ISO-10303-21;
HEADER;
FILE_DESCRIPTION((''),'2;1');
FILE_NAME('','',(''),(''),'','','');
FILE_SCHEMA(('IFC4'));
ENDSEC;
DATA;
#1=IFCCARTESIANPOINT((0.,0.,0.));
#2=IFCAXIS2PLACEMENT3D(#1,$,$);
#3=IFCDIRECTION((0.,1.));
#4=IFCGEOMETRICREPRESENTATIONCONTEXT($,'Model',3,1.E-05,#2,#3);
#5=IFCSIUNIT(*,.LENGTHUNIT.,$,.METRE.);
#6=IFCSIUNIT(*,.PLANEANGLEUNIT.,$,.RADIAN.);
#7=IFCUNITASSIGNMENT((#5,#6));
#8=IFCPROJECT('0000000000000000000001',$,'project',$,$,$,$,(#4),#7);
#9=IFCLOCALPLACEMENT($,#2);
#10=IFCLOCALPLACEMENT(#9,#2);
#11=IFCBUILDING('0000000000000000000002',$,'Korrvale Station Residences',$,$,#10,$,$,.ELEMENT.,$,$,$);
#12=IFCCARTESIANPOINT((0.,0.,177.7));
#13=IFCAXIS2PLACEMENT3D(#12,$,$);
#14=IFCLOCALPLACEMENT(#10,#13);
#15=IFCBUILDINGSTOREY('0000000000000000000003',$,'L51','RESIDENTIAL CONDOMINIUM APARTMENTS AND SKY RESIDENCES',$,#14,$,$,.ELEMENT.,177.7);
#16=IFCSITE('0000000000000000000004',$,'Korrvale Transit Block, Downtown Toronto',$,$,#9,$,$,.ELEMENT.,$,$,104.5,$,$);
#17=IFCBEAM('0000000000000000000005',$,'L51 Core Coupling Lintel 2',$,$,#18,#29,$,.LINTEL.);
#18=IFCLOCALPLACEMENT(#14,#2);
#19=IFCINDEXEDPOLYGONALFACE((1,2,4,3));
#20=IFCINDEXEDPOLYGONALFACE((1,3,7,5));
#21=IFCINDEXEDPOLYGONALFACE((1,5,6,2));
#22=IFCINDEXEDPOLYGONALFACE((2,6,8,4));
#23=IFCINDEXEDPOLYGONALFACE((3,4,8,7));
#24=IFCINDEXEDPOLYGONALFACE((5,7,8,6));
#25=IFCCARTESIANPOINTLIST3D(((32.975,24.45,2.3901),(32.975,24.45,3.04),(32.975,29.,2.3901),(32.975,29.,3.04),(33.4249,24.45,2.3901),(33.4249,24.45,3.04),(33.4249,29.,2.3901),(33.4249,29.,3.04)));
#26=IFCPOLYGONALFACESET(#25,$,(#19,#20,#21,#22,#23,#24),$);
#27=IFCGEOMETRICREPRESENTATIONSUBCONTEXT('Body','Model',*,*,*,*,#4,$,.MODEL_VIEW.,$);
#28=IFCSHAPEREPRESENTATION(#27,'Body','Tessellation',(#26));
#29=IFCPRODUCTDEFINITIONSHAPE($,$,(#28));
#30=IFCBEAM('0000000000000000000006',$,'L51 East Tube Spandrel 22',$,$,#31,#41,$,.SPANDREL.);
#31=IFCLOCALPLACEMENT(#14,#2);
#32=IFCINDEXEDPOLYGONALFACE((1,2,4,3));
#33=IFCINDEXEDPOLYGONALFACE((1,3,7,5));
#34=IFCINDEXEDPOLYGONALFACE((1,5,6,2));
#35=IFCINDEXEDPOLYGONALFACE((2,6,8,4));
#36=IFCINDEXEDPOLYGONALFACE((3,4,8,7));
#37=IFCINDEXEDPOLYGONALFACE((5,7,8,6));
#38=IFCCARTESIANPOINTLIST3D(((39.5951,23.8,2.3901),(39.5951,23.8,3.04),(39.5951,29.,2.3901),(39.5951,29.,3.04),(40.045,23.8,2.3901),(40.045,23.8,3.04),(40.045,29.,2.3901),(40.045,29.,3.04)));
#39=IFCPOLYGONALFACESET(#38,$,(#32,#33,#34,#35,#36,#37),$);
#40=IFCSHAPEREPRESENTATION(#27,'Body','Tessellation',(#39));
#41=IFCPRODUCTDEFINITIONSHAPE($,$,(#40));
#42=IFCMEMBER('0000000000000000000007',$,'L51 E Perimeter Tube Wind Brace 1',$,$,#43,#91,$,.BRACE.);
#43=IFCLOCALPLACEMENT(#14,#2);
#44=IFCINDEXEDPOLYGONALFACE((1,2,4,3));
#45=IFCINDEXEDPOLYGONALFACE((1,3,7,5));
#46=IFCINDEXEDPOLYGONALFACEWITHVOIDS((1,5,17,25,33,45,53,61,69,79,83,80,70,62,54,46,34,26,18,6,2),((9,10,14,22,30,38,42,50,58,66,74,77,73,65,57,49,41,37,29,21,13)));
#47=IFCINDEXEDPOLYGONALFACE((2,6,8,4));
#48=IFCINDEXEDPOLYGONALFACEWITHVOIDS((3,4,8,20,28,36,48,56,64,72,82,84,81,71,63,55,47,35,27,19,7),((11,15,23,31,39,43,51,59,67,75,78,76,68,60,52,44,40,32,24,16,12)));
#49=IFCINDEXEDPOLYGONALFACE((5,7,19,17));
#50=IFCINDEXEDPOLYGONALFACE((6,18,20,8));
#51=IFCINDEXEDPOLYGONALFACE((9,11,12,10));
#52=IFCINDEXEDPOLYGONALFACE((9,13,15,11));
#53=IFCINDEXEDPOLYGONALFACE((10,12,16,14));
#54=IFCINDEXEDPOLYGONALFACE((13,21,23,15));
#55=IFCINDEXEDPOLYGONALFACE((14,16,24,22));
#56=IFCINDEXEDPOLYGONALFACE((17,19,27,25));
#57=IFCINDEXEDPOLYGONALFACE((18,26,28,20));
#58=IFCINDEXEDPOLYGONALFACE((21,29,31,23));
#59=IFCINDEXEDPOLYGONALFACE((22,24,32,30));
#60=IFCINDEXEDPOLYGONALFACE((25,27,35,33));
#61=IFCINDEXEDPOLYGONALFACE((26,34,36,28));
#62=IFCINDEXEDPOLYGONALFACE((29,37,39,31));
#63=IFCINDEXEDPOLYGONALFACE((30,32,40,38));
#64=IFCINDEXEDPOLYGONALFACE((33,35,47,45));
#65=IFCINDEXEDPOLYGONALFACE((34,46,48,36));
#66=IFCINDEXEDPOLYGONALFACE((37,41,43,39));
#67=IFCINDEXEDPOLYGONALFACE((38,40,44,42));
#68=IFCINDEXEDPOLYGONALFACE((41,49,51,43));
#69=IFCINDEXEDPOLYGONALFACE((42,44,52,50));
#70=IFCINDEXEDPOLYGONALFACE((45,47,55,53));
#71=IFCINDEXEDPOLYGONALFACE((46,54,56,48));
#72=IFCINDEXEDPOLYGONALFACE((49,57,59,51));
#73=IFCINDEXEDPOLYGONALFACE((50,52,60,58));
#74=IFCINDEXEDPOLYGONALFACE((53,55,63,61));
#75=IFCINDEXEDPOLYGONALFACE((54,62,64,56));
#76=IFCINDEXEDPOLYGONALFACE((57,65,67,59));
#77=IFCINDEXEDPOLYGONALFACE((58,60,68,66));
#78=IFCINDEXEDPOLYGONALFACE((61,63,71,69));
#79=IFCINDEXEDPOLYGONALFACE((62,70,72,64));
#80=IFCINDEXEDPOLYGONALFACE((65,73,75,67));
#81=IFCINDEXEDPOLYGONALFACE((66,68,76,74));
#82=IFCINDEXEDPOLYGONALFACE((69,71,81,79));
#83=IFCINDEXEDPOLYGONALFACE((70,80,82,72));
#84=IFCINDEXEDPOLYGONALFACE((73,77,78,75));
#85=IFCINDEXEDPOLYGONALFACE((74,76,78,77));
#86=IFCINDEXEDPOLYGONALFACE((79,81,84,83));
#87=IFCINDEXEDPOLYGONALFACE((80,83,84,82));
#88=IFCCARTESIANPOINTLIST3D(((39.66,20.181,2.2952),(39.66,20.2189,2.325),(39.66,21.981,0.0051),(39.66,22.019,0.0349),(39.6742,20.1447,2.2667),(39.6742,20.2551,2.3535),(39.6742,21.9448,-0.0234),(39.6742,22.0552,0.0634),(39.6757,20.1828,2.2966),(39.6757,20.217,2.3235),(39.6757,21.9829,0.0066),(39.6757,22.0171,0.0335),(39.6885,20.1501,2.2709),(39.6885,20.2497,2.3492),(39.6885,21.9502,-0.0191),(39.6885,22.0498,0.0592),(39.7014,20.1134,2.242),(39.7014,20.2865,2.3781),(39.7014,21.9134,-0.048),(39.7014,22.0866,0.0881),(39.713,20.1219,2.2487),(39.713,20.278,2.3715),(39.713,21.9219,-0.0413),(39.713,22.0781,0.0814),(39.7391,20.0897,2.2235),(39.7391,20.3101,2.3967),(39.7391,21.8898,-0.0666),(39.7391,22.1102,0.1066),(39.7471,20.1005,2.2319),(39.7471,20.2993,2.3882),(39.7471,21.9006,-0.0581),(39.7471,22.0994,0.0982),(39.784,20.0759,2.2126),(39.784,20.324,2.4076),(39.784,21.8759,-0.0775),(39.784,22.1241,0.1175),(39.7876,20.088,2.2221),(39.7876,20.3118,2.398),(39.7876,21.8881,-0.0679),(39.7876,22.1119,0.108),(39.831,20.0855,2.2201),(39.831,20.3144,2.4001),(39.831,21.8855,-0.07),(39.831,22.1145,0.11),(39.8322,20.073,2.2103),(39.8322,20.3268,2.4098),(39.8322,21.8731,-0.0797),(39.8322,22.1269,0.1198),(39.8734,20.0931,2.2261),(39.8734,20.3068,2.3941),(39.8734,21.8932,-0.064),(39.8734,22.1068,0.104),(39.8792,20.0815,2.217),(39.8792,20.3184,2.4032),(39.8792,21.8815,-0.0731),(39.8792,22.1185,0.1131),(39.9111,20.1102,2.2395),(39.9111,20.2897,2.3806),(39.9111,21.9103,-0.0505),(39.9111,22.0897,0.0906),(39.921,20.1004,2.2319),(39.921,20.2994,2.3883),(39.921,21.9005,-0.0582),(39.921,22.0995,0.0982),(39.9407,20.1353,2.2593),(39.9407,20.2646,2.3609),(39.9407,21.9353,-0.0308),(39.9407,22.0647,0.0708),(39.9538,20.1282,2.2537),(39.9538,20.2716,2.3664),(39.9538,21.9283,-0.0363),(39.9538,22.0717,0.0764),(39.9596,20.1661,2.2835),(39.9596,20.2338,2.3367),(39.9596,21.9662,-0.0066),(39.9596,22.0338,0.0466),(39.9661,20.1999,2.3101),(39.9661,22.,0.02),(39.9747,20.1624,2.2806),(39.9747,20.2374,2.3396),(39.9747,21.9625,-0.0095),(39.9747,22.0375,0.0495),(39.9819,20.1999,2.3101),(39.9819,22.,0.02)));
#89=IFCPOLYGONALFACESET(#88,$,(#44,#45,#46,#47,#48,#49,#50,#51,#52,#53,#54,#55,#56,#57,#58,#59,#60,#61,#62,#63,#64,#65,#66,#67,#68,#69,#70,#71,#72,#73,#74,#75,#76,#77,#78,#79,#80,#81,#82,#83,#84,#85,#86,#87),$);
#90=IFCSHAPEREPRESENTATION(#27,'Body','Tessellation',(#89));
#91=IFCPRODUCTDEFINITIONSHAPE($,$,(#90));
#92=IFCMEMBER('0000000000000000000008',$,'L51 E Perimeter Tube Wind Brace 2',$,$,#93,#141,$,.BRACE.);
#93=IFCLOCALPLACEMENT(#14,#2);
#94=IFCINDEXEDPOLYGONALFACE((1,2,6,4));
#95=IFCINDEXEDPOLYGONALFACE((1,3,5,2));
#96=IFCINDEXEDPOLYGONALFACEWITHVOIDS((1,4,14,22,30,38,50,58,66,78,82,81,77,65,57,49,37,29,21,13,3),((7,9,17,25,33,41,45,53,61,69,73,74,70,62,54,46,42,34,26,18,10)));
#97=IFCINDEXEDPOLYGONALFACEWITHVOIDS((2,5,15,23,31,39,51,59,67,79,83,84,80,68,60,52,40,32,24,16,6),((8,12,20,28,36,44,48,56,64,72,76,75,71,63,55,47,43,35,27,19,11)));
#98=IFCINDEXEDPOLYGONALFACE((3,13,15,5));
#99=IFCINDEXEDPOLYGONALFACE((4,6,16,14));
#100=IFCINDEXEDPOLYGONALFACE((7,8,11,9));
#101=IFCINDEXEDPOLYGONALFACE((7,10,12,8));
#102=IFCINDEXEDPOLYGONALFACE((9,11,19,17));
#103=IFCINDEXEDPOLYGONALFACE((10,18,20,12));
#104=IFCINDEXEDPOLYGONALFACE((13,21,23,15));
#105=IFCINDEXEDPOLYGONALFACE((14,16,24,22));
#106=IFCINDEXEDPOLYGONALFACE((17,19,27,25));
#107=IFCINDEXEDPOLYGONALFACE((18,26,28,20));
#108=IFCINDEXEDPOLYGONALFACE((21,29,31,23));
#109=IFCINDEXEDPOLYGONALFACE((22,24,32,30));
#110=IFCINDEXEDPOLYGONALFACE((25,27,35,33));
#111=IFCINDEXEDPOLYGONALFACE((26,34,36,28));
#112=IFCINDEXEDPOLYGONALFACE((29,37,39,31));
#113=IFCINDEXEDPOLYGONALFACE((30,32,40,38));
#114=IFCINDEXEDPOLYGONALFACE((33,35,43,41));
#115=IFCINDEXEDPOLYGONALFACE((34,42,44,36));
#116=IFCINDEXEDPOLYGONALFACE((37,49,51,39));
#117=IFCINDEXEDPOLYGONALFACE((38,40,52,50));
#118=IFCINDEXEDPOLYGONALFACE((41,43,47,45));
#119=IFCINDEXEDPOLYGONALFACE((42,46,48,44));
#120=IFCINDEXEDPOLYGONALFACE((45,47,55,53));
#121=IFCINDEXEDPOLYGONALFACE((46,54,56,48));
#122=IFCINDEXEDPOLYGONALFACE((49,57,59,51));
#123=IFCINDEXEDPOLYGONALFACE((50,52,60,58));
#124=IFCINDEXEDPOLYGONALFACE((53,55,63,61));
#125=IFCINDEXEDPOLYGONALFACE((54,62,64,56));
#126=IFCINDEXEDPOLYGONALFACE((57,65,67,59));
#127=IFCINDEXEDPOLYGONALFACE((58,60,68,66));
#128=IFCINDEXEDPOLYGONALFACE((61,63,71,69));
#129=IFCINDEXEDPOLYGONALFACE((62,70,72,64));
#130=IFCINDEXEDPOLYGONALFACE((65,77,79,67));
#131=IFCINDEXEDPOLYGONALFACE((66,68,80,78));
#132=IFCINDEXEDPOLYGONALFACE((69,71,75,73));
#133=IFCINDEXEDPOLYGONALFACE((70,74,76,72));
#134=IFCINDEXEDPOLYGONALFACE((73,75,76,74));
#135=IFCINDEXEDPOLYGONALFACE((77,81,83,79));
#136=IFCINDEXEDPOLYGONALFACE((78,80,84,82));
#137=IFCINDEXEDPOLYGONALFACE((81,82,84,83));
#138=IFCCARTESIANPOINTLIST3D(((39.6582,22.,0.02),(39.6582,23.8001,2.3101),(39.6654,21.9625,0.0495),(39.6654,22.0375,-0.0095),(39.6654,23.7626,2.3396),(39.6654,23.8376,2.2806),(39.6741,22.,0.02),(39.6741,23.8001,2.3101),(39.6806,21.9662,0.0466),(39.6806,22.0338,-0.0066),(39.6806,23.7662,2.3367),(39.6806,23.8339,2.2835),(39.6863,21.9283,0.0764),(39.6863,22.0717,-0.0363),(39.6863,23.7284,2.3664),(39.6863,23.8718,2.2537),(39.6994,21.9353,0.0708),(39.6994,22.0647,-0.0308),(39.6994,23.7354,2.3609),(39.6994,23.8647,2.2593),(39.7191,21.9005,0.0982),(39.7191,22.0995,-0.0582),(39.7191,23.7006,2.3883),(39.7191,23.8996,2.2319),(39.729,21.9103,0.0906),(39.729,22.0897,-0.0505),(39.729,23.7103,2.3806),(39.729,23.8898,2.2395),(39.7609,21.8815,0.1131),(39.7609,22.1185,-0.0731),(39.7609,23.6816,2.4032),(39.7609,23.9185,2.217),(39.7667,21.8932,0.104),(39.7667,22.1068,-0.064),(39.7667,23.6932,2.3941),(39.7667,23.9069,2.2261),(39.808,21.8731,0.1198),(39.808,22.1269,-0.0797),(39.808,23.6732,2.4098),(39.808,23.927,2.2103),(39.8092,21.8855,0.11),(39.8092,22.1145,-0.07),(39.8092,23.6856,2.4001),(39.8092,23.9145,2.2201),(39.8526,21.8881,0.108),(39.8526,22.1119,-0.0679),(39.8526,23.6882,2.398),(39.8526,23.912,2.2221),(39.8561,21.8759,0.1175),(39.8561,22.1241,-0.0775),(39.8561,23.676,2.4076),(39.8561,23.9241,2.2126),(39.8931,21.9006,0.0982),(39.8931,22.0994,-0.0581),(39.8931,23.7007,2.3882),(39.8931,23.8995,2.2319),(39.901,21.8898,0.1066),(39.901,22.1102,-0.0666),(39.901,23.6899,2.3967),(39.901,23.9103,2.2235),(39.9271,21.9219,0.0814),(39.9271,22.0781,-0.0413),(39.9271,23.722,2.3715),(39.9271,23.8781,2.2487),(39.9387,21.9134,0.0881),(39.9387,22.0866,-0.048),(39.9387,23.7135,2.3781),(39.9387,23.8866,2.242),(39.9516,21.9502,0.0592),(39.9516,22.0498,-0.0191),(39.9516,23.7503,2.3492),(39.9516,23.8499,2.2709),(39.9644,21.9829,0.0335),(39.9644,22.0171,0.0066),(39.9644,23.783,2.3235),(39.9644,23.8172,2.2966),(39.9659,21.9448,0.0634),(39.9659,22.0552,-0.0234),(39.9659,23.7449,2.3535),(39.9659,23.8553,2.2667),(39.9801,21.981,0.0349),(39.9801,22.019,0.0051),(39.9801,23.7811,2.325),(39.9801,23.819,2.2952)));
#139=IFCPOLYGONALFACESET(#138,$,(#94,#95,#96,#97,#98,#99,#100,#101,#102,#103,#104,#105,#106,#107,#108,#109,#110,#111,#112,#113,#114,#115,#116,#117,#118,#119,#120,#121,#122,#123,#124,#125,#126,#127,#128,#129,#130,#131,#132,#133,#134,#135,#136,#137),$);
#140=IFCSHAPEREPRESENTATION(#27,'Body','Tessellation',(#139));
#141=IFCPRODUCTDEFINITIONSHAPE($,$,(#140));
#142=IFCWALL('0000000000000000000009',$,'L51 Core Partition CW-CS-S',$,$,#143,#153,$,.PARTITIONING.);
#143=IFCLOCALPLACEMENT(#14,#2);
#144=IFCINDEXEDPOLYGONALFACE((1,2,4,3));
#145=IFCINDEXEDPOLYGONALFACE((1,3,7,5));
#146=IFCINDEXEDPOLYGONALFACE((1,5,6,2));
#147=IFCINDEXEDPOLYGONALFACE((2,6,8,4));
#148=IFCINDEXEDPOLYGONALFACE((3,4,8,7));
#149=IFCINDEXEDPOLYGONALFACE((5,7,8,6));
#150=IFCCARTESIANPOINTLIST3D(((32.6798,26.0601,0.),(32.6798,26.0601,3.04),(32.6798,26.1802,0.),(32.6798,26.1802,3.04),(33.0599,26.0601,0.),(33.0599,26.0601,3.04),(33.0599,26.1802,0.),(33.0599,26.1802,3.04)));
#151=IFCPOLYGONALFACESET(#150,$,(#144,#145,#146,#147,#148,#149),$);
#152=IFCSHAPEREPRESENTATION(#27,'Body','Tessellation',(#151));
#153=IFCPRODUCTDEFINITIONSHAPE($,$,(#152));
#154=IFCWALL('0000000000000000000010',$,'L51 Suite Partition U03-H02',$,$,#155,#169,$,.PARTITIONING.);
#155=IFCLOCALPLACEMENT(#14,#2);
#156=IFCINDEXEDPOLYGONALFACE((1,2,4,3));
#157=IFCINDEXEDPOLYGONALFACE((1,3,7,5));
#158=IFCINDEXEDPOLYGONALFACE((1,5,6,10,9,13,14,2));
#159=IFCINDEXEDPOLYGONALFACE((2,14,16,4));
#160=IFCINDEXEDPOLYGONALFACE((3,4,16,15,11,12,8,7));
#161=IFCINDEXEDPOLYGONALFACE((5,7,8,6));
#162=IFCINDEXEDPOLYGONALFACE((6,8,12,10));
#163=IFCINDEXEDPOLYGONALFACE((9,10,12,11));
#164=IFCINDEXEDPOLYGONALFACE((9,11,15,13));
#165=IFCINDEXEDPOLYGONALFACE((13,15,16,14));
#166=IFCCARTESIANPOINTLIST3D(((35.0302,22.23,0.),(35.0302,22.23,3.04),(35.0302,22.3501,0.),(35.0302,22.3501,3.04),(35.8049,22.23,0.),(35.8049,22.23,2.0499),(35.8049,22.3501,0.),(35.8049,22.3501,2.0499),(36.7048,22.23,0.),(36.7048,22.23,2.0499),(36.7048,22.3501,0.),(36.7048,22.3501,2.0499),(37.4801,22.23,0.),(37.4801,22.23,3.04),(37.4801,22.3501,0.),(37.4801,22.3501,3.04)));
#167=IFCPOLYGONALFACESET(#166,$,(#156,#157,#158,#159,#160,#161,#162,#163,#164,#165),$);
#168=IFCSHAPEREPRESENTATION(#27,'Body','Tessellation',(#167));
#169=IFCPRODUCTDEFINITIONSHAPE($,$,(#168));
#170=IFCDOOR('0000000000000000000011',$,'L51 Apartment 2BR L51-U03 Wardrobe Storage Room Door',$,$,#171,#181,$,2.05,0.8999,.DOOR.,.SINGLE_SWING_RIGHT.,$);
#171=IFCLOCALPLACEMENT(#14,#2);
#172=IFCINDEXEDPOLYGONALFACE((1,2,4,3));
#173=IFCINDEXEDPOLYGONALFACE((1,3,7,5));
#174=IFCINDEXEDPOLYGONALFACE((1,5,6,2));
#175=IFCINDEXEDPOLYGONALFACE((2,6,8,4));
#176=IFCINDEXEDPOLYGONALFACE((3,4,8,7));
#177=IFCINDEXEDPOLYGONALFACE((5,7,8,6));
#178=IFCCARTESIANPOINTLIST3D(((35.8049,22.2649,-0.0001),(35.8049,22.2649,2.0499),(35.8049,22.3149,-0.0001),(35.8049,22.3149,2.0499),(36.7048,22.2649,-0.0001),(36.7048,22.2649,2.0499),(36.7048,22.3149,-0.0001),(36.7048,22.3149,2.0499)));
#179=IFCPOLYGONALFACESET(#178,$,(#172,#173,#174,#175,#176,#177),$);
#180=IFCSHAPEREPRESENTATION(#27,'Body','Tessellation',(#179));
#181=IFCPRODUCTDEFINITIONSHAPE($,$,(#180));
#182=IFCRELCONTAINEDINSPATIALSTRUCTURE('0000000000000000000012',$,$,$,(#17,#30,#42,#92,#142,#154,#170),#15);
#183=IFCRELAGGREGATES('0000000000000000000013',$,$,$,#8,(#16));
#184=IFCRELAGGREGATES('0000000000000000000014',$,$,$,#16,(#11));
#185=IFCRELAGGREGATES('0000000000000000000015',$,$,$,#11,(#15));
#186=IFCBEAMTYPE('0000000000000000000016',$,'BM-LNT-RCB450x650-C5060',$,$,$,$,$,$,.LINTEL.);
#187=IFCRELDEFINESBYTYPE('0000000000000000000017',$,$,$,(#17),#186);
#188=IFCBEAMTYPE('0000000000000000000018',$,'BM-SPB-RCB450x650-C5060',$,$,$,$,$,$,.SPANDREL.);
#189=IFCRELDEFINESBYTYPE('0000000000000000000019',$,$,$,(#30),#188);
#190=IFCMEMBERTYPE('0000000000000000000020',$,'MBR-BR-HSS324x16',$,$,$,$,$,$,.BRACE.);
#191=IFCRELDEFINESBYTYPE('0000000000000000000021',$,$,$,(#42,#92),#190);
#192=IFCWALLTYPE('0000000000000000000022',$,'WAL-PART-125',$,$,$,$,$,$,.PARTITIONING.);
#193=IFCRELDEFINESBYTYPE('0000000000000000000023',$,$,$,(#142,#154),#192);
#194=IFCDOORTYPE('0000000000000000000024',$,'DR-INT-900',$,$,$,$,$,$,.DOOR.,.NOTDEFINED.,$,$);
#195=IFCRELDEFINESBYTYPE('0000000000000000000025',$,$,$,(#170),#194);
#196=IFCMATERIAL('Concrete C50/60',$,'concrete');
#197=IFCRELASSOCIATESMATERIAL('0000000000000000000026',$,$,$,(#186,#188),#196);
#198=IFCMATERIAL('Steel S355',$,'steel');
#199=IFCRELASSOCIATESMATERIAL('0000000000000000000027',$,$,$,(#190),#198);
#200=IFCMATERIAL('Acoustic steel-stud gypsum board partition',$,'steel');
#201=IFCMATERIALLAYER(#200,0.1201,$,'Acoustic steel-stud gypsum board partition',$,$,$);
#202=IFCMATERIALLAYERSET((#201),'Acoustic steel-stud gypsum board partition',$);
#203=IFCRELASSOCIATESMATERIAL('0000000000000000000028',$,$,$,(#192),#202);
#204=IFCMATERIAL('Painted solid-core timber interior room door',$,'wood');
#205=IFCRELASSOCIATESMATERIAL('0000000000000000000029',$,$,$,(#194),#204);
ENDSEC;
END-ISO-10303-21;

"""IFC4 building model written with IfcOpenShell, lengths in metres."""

from ifc_helpers import new_model, si_unit, direction, frame, frame_2d, origin, origin_2d, place, context, subcontext, project, spatial, rectangle, hollow_circle, extrude, material, layer, layer_set, material_profile, profile_set, type_object, element, fill, save


model = new_model("IFC4")

# Units and contexts
model_context = context("Model", 3, precision=1e-05, world=origin(), true_north=direction((0.0, 1.0)))
body_context = subcontext(model_context, "Body", "Model", "MODEL_VIEW")
ifc_project = project(units=[si_unit("LENGTHUNIT", "METRE"), si_unit("PLANEANGLEUNIT", "RADIAN")], contexts=[model_context])

# Site, building, storey
site_placement = place(None, origin())
site = spatial("IfcSite", under=ifc_project, at=site_placement, Name="Korrvale Transit Block, Downtown Toronto", CompositionType="ELEMENT", RefElevation=104.5)
building_placement = place(site_placement, origin())
building = spatial("IfcBuilding", under=site, at=building_placement, Name="Korrvale Station Residences", CompositionType="ELEMENT")
storey_placement = place(building_placement, frame((0.0, 0.0, 177.7)))
storey = spatial("IfcBuildingStorey", under=building, at=storey_placement, Name="L51", Description="RESIDENTIAL CONDOMINIUM APARTMENTS AND SKY RESIDENCES", CompositionType="ELEMENT", Elevation=177.7)

# Shared definitions
ifc_material_1 = material(Name="Concrete C50/60", Category="concrete")

# Beams
ifc_material_2 = material(Name="Steel S355", Category="steel")
ifc_material_profile_1 = material_profile(ifc_material_1, rectangle(XDim=0.45, YDim=0.6499, at=origin_2d()), Name="RCB450x650")
ifc_profile_set_1 = profile_set([ifc_material_profile_1], Name="Concrete C50/60")
beam_type_1 = type_object("IfcBeamType", Name="BM-LNT-RCB450x650-C5060", PredefinedType="LINTEL", material=ifc_profile_set_1)
beam_1_placement = place(storey_placement, frame((33.2, 24.45, 2.7151), z_axis=(0.0, 1.0, 0.0), x_axis=(-1.0, 0.0, 0.0)))
element("IfcBeam", 1, at=beam_1_placement, inside=storey, type_object=beam_type_1, Name="L51 Core Coupling Lintel 2", PredefinedType="LINTEL", context=body_context, shape_type="SweptSolid", body=[
    extrude(rectangle(XDim=0.45, YDim=0.6499, at=origin_2d()), origin(), (0.0, 0.0, 1.0), 4.55),
])
ifc_material_profile_2 = material_profile(ifc_material_1, rectangle(XDim=0.45, YDim=0.6499, at=origin_2d()), Name="RCB450x650")
ifc_profile_set_2 = profile_set([ifc_material_profile_2], Name="Concrete C50/60")
beam_type_2 = type_object("IfcBeamType", Name="BM-SPB-RCB450x650-C5060", PredefinedType="SPANDREL", material=ifc_profile_set_2)
beam_2_placement = place(storey_placement, frame((39.8201, 23.8, 2.7151), z_axis=(0.0, 1.0, 0.0), x_axis=(-1.0, 0.0, 0.0)))
element("IfcBeam", 2, at=beam_2_placement, inside=storey, type_object=beam_type_2, Name="L51 East Tube Spandrel 22", PredefinedType="SPANDREL", context=body_context, shape_type="SweptSolid", body=[
    extrude(rectangle(XDim=0.45, YDim=0.6499, at=origin_2d()), origin(), (0.0, 0.0, 1.0), 5.2),
])

# Members
ifc_material_profile_3 = material_profile(ifc_material_2, hollow_circle(Radius=0.1619, WallThickness=0.0159, at=origin_2d()), Name="HSS324x16")
ifc_profile_set_3 = profile_set([ifc_material_profile_3], Name="Steel S355")
member_type = type_object("IfcMemberType", Name="MBR-BR-HSS324x16", PredefinedType="BRACE", material=ifc_profile_set_3)
for number, where, z_axis, x_axis, name in (
    (3, (39.8201, 22.0, 0.02), (0.0, -0.617977, 0.786196), (1.0, 0.0, 0.0), "L51 E Perimeter Tube Wind Brace 1"),
    (4, (39.8201, 22.0, 0.02), (0.0, 0.617977, 0.786196), (-1.0, 0.0, 0.0), "L51 E Perimeter Tube Wind Brace 2"),
):
    element("IfcMember", number, at=place(storey_placement, frame(where, z_axis=z_axis, x_axis=x_axis)), inside=storey, type_object=member_type, Name=name, PredefinedType="BRACE", context=body_context, shape_type="SweptSolid", body=[
        extrude(hollow_circle(Radius=0.1619, WallThickness=0.0159, at=origin_2d()), origin(), (0.0, 0.0, 1.0), 2.9128),
    ])

# Wall
ifc_material_3 = material(Name="Acoustic steel-stud gypsum board partition", Category="steel")
ifc_layer_1 = layer(ifc_material_3, 0.1201, Name="Acoustic steel-stud gypsum board partition")
ifc_layer_set_1 = layer_set([ifc_layer_1], Name="Acoustic steel-stud gypsum board partition")
wall_type_1 = type_object("IfcWallType", Name="WAL-PART-125", PredefinedType="PARTITIONING", material=ifc_layer_set_1)
wall_1_placement = place(storey_placement, frame((32.6799, 26.1201, 0.0), z_axis=(0.0, 0.0, 1.0), x_axis=(1.0, 0.0, 0.0)))
element("IfcWall", 5, at=wall_1_placement, inside=storey, type_object=wall_type_1, Name="L51 Core Partition CW-CS-S", PredefinedType="PARTITIONING", context=body_context, shape_type="SweptSolid", body=[
    extrude(rectangle(XDim=0.3801, YDim=0.1201, at=frame_2d((0.1899, 0.0))), origin(), (0.0, 0.0, 1.0), 3.04),
])

# Wall, opening, door
wall_2_placement = place(storey_placement, frame((35.03, 22.29, 0.0), z_axis=(0.0, 0.0, 1.0), x_axis=(1.0, 0.0, 0.0)))
wall_2 = element("IfcWall", 6, at=wall_2_placement, inside=storey, type_object=wall_type_1, Name="L51 Suite Partition U03-H02", PredefinedType="PARTITIONING", context=body_context, shape_type="SweptSolid", body=[
    extrude(rectangle(XDim=2.45, YDim=0.1201, at=frame_2d((1.2251, 0.0))), origin(), (0.0, 0.0, 1.0), 3.04),
])
opening_1_placement = place(wall_2_placement, frame((0.7749, 0.0, 0.0)))
opening_1 = element("IfcOpeningElement", 7, at=opening_1_placement, cuts=wall_2, PredefinedType="OPENING", context=body_context, shape_type="SweptSolid", body=[
    extrude(rectangle(XDim=0.8999, YDim=2.05, at=frame_2d((0.45, 1.0249))), frame((0.0, 0.0701, 0.0), z_axis=(0.0, -1.0, 0.0), x_axis=(1.0, 0.0, 0.0)), (0.0, 0.0, 1.0), 0.1401),
])
ifc_material_4 = material(Name="Painted solid-core timber interior room door", Category="wood")
door_type = type_object("IfcDoorType", Name="DR-INT-900", OperationType="NOTDEFINED", PredefinedType="DOOR", material=ifc_material_4)
door_1_placement = place(opening_1_placement, origin())
door_1 = element("IfcDoor", 8, at=door_1_placement, inside=storey, type_object=door_type, Name="L51 Apartment 2BR L51-U03 Wardrobe Storage Room Door", OperationType="SINGLE_SWING_RIGHT", OverallHeight=2.05, OverallWidth=0.8999, PredefinedType="DOOR", context=body_context, shape_type="SweptSolid", body=[
    extrude(rectangle(XDim=0.8999, YDim=2.05, at=frame_2d((0.45, 1.0249))), frame((0.0, 0.0249, 0.0), z_axis=(0.0, -1.0, 0.0), x_axis=(1.0, 0.0, 0.0)), (0.0, 0.0, 1.0), 0.05),
])
fill(opening_1, door_1)

save(model, "model.ifc")
